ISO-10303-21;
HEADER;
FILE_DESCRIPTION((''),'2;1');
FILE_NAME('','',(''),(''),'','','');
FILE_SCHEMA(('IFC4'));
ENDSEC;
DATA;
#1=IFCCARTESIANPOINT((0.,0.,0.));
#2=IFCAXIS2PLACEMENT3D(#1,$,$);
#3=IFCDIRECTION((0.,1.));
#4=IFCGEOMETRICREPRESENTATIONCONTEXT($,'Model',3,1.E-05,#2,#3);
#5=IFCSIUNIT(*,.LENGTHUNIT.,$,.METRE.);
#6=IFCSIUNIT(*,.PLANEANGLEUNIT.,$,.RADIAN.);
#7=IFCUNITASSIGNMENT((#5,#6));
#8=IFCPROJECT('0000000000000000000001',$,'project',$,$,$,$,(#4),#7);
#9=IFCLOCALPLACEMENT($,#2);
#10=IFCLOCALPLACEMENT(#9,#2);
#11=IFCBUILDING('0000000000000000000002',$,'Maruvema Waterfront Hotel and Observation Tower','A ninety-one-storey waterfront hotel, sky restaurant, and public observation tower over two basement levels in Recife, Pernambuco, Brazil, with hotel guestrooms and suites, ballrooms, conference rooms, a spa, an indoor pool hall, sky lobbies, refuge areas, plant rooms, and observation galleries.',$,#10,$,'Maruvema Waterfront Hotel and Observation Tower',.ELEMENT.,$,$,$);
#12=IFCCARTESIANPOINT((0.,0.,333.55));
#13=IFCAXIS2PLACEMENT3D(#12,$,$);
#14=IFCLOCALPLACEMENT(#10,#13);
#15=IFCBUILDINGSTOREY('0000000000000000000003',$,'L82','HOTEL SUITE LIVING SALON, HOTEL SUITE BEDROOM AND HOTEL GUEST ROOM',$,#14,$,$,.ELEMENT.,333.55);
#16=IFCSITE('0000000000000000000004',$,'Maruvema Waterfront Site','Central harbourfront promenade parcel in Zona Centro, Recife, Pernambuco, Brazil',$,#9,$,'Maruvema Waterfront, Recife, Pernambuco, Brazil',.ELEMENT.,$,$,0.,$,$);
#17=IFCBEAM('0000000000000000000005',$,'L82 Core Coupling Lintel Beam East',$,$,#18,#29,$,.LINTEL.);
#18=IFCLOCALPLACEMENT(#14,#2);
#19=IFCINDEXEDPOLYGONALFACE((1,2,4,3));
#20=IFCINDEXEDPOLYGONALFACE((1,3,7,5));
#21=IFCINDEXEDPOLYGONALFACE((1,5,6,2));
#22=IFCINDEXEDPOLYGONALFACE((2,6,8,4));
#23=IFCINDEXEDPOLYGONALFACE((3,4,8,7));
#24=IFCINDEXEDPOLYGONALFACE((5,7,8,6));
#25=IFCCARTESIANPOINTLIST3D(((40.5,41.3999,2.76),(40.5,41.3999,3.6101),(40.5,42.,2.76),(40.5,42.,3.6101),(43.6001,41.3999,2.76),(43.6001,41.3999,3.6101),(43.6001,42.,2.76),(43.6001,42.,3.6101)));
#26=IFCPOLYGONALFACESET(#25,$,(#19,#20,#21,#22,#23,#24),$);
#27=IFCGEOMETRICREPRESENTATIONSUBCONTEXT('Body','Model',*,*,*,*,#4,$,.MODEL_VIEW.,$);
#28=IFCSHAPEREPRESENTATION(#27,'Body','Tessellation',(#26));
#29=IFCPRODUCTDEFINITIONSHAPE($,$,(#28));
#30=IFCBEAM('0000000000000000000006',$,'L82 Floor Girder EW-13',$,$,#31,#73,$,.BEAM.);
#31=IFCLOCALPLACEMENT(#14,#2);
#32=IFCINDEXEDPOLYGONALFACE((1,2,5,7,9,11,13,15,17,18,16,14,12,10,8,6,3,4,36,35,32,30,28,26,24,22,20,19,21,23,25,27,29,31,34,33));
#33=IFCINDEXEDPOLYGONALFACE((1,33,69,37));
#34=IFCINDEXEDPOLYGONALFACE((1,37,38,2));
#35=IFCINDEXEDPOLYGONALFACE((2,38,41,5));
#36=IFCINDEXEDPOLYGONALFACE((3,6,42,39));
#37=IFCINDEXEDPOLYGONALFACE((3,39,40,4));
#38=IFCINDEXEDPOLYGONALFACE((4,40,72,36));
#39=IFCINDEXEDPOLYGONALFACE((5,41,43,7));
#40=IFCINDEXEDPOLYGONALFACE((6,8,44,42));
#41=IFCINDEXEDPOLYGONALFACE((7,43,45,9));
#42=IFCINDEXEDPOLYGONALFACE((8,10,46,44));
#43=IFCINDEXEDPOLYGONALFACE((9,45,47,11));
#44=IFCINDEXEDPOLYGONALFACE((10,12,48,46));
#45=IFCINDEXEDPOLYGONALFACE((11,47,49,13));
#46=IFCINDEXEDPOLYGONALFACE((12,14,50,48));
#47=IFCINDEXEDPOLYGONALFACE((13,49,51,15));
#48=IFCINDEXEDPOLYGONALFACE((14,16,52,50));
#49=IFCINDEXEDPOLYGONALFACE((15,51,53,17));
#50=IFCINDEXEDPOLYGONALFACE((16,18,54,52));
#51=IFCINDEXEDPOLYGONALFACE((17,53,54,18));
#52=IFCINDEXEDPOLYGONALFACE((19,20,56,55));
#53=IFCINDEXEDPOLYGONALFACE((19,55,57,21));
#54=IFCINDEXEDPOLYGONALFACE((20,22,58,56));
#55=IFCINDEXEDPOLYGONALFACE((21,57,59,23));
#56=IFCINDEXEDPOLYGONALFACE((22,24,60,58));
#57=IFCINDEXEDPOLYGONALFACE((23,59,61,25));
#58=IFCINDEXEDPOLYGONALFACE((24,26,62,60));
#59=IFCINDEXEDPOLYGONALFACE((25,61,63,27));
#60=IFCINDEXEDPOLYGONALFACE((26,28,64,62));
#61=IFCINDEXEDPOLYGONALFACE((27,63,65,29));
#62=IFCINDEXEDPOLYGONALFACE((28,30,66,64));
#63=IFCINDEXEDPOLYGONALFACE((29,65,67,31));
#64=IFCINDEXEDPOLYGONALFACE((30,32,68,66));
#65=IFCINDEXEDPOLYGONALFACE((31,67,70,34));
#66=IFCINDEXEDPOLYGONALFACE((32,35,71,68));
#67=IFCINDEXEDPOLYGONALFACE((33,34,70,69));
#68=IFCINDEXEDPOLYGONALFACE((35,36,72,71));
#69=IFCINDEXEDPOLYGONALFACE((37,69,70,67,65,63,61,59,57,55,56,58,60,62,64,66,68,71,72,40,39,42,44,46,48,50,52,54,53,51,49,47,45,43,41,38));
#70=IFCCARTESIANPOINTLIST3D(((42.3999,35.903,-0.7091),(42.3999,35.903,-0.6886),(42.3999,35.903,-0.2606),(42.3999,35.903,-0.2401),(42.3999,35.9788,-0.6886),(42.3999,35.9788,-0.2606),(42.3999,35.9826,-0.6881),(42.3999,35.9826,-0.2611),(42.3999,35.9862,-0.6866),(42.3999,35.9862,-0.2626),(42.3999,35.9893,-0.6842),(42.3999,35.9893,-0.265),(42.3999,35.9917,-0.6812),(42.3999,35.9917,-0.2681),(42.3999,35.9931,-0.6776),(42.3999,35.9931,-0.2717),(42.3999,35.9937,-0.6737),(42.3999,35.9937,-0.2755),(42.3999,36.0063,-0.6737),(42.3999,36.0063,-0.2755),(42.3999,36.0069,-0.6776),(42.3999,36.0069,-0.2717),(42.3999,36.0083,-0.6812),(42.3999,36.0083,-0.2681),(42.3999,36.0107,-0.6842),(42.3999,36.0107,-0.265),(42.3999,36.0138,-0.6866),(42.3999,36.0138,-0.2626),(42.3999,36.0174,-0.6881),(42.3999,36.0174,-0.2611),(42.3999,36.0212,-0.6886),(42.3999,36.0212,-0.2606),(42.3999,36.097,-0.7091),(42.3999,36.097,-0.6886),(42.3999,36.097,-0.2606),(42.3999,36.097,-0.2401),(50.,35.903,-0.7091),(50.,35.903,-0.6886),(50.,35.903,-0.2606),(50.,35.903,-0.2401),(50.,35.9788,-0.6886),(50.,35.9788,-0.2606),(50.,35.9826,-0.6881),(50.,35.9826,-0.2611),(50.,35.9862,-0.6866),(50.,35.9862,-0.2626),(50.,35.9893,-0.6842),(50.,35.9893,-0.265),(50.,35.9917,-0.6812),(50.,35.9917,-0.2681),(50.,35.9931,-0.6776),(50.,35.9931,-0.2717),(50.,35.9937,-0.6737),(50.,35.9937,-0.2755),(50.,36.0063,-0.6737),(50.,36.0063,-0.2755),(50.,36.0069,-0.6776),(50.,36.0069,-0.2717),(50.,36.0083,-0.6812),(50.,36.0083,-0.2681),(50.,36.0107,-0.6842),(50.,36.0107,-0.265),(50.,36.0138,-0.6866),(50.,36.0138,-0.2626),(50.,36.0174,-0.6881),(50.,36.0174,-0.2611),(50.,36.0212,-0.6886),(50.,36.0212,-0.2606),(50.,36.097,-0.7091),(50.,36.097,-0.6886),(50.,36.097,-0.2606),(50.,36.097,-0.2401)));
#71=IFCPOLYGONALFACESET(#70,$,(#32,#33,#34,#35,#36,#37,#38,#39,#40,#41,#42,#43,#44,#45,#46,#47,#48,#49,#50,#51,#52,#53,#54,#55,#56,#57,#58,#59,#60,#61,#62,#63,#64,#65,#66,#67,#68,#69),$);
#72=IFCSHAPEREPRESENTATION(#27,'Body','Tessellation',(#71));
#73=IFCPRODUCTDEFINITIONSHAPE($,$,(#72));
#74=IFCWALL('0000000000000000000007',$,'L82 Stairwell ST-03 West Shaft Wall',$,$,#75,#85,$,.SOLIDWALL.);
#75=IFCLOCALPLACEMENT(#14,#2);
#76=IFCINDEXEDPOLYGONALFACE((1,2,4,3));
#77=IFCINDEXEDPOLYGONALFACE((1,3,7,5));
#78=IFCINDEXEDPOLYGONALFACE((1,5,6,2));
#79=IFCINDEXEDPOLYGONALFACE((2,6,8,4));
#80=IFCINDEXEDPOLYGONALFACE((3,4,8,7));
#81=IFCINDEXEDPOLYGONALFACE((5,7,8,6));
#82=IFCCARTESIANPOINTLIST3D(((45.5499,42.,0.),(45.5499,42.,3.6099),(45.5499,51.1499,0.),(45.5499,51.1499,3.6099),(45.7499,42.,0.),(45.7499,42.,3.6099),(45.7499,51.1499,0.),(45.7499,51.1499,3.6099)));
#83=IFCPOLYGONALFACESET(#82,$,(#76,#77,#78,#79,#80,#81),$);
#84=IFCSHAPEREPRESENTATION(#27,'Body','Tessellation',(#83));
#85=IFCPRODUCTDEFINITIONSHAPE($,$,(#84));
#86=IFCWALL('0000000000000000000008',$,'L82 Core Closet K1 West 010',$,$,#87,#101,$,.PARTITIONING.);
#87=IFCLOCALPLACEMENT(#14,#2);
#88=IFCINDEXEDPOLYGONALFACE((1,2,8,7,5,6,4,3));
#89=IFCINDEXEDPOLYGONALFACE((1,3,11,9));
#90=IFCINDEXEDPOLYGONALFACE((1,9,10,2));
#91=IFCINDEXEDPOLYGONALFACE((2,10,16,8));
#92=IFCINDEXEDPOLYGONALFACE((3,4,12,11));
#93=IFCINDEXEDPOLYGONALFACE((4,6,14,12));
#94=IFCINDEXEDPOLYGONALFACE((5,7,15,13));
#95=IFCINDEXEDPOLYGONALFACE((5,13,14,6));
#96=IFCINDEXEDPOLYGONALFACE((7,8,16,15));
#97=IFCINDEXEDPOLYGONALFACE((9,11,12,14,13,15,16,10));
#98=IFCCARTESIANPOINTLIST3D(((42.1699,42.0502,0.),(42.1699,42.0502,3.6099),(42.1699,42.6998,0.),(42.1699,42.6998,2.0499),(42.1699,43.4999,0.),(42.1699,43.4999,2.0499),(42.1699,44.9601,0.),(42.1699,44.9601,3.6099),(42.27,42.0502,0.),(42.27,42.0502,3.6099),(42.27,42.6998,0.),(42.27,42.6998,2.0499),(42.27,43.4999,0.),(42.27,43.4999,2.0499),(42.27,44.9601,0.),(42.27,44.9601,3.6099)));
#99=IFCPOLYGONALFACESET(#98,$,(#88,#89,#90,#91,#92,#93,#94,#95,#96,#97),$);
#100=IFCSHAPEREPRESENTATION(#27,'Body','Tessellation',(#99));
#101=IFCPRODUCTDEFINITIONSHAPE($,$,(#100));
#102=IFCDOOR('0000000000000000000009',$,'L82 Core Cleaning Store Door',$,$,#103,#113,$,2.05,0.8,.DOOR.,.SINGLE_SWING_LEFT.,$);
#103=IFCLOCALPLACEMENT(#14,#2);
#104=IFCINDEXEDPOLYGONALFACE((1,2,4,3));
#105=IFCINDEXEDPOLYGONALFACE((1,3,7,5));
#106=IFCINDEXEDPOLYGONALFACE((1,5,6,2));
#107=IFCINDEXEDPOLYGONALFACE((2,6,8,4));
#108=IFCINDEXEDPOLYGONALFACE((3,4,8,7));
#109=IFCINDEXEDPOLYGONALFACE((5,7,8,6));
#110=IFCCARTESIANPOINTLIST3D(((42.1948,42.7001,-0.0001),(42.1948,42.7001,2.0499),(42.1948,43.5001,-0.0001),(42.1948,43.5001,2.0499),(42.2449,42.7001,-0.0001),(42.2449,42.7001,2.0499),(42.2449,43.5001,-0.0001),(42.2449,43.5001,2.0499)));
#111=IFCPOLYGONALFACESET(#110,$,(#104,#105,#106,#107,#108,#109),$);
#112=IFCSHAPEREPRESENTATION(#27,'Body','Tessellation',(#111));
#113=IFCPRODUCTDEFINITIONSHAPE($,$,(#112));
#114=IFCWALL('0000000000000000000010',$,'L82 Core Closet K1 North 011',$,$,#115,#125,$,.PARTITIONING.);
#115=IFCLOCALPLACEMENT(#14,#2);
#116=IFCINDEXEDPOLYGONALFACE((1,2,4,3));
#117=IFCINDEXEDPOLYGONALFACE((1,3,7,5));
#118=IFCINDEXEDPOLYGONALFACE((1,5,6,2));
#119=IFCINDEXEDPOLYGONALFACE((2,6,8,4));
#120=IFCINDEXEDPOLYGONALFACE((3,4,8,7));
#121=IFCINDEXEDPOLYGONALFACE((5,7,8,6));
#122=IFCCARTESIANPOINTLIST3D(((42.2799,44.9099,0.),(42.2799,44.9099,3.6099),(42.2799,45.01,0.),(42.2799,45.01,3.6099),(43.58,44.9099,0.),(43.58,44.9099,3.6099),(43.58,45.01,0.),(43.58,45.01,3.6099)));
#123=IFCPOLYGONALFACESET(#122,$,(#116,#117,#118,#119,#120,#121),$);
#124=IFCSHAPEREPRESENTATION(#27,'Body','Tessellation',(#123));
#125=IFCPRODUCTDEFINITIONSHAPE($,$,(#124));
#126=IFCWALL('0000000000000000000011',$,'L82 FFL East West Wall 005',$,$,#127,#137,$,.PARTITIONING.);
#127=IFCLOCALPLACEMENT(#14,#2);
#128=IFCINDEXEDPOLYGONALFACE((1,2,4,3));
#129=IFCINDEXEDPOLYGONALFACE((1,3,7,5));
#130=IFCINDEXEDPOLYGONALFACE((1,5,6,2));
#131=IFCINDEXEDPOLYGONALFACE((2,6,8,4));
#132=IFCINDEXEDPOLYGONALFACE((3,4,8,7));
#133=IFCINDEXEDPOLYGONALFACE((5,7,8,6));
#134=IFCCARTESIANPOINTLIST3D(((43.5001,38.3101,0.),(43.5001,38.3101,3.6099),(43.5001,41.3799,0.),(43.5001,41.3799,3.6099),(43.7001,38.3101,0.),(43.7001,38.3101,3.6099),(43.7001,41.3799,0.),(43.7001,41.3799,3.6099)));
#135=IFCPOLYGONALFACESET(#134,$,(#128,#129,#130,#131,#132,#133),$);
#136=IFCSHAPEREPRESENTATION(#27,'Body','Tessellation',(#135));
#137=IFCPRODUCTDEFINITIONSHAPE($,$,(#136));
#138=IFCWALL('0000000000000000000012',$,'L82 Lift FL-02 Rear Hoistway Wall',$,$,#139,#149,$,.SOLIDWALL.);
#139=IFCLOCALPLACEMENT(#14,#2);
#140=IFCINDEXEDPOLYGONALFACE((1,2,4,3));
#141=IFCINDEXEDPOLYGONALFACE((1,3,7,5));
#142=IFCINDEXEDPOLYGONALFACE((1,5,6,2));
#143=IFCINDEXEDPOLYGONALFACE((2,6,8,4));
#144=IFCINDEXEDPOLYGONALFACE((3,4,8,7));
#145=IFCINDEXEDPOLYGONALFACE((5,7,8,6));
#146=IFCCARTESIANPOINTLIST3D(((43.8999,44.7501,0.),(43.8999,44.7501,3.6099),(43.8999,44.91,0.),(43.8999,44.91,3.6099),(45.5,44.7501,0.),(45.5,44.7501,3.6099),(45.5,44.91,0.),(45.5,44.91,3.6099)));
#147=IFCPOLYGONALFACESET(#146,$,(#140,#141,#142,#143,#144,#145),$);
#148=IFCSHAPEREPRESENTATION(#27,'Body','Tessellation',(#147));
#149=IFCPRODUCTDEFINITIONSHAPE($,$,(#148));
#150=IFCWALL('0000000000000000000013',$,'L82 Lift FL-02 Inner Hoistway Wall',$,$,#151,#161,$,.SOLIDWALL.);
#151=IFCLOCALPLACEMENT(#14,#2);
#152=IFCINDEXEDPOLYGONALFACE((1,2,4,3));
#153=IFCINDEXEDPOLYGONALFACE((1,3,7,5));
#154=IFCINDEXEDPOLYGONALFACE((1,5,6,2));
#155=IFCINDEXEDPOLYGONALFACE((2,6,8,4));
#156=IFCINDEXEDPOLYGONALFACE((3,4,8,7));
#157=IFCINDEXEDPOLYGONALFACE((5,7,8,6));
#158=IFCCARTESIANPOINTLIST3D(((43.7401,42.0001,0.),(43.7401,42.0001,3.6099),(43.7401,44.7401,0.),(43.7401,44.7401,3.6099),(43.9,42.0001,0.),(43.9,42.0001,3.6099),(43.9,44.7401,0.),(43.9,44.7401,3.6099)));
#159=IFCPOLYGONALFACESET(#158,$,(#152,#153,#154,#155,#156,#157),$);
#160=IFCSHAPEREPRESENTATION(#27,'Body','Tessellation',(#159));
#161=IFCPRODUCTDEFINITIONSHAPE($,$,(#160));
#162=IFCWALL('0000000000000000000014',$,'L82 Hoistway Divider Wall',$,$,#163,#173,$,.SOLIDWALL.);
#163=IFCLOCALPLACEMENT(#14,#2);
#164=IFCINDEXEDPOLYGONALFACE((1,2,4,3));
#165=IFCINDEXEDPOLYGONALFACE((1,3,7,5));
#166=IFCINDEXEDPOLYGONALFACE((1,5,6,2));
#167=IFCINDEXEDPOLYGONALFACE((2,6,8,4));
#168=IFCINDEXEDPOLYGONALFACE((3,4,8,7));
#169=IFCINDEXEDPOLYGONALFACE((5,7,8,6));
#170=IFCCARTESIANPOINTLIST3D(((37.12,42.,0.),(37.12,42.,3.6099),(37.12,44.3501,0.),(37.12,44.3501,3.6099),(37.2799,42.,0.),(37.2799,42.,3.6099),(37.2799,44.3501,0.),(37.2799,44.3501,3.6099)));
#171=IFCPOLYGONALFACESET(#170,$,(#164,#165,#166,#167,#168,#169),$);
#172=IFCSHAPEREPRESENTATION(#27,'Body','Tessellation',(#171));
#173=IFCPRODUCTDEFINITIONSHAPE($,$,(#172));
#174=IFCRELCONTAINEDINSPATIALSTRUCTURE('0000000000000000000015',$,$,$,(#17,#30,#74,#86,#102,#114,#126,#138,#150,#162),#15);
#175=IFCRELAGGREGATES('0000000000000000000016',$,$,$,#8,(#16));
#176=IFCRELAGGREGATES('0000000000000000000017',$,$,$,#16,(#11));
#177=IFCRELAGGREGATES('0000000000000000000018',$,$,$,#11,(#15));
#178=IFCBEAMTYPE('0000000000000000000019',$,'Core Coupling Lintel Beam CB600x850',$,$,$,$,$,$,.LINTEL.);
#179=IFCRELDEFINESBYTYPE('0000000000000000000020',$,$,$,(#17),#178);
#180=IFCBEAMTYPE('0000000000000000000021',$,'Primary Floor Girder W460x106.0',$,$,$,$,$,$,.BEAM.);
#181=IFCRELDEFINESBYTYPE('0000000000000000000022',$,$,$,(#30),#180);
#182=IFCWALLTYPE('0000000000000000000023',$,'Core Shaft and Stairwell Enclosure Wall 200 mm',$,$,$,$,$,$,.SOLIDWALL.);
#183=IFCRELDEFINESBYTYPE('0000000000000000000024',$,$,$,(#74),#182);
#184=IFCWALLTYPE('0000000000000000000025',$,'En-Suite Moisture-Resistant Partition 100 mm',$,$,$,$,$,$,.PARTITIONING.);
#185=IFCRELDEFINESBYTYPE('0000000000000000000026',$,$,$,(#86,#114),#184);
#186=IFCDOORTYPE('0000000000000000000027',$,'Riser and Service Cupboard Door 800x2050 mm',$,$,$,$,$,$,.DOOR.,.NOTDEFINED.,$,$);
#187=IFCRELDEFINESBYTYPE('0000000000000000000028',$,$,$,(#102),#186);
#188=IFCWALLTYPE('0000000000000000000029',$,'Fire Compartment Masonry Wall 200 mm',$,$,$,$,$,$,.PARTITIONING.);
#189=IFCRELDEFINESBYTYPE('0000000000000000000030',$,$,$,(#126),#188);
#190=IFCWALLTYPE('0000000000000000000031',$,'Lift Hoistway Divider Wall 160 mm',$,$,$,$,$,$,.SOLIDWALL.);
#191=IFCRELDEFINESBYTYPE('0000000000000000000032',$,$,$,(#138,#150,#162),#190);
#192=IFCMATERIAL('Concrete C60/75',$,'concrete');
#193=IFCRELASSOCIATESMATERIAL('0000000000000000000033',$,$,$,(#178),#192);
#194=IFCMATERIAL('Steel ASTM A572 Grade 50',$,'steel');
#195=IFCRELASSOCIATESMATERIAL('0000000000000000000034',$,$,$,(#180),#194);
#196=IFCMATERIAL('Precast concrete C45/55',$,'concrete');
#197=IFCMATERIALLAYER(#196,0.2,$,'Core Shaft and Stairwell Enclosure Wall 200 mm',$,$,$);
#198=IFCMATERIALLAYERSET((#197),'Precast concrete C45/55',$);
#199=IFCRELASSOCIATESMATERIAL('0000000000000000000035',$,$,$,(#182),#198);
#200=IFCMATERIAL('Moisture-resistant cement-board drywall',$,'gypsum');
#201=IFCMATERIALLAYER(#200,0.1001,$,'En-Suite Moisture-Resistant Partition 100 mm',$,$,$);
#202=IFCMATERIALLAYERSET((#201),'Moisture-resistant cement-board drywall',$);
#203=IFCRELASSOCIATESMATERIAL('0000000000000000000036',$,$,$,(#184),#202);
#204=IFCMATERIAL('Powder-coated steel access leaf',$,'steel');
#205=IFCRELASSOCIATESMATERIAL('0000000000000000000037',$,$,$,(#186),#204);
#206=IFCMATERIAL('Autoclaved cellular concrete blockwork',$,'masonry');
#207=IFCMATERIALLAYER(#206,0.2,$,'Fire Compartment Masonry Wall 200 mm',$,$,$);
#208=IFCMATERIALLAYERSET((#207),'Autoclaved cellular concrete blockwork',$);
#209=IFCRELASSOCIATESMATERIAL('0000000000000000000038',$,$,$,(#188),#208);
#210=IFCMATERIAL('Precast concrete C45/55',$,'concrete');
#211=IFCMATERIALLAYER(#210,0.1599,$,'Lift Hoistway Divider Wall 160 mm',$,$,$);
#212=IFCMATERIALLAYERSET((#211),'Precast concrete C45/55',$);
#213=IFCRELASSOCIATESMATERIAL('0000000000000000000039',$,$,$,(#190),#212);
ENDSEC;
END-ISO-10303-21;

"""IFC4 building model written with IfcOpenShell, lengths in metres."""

from ifc_helpers import new_model, si_unit, direction, frame, frame_2d, origin, origin_2d, place, context, subcontext, project, spatial, rectangle, i_section, extrude, material, layer, layer_set, material_profile, profile_set, type_object, element, fill, save


model = new_model("IFC4")

# Units and contexts
model_context = context("Model", 3, precision=1e-05, world=origin(), true_north=direction((0.0, 1.0)))
body_context = subcontext(model_context, "Body", "Model", "MODEL_VIEW")
ifc_project = project(units=[si_unit("LENGTHUNIT", "METRE"), si_unit("PLANEANGLEUNIT", "RADIAN")], contexts=[model_context])

# Site, building, storey
site_placement = place(None, origin())
site = spatial("IfcSite", under=ifc_project, at=site_placement, Name="Maruvema Waterfront Site", Description="Central harbourfront promenade parcel in Zona Centro, Recife, Pernambuco, Brazil", LongName="Maruvema Waterfront, Recife, Pernambuco, Brazil", CompositionType="ELEMENT", RefElevation=0.0)
building_placement = place(site_placement, origin())
building = spatial("IfcBuilding", under=site, at=building_placement, Name="Maruvema Waterfront Hotel and Observation Tower", Description="A ninety-one-storey waterfront hotel, sky restaurant, and public observation tower over two basement levels in Recife, Pernambuco, Brazil, with hotel guestrooms and suites, ballrooms, conference rooms, a spa, an indoor pool hall, sky lobbies, refuge areas, plant rooms, and observation galleries.", LongName="Maruvema Waterfront Hotel and Observation Tower", CompositionType="ELEMENT")
storey_placement = place(building_placement, frame((0.0, 0.0, 333.55)))
storey = spatial("IfcBuildingStorey", under=building, at=storey_placement, Name="L82", Description="HOTEL SUITE LIVING SALON, HOTEL SUITE BEDROOM AND HOTEL GUEST ROOM", CompositionType="ELEMENT", Elevation=333.55)

# Beams
ifc_material_1 = material(Name="Concrete C60/75", Category="concrete")
ifc_material_profile_1 = material_profile(ifc_material_1, rectangle(XDim=0.6001, YDim=0.8501, at=origin_2d()), Name="CB600x850")
ifc_profile_set_1 = profile_set([ifc_material_profile_1], Name="Concrete C60/75")
beam_type_1 = type_object("IfcBeamType", Name="Core Coupling Lintel Beam CB600x850", PredefinedType="LINTEL", material=ifc_profile_set_1)
beam_1_placement = place(storey_placement, frame((40.5, 41.7, 3.1851), z_axis=(1.0, 0.0, 0.0), x_axis=(0.0, 1.0, 0.0)))
element("IfcBeam", 1, at=beam_1_placement, inside=storey, type_object=beam_type_1, Name="L82 Core Coupling Lintel Beam East", PredefinedType="LINTEL", context=body_context, shape_type="SweptSolid", body=[
    extrude(rectangle(XDim=0.6001, YDim=0.8501, at=origin_2d()), origin(), (0.0, 0.0, 1.0), 3.1001),
])
ifc_material_2 = material(Name="Steel ASTM A572 Grade 50", Category="steel")
ifc_material_profile_2 = material_profile(ifc_material_2, i_section(OverallWidth=0.1941, OverallDepth=0.469, WebThickness=0.0127, FlangeThickness=0.0205, FilletRadius=0.0149, at=origin_2d()), Name="W460x106.0")
ifc_profile_set_2 = profile_set([ifc_material_profile_2], Name="Steel ASTM A572 Grade 50")
beam_type_2 = type_object("IfcBeamType", Name="Primary Floor Girder W460x106.0", PredefinedType="BEAM", material=ifc_profile_set_2)
beam_2_placement = place(storey_placement, frame((42.3999, 36.0, -0.4746), z_axis=(1.0, 0.0, 0.0), x_axis=(0.0, 1.0, 0.0)))
element("IfcBeam", 2, at=beam_2_placement, inside=storey, type_object=beam_type_2, Name="L82 Floor Girder EW-13", PredefinedType="BEAM", context=body_context, shape_type="SweptSolid", body=[
    extrude(i_section(OverallWidth=0.1941, OverallDepth=0.469, WebThickness=0.0127, FlangeThickness=0.0205, FilletRadius=0.0149, at=origin_2d()), origin(), (0.0, 0.0, 1.0), 7.6001),
])

# Wall
ifc_material_3 = material(Name="Precast concrete C45/55", Category="concrete")
ifc_layer_1 = layer(ifc_material_3, 0.2, Name="Core Shaft and Stairwell Enclosure Wall 200 mm")
ifc_layer_set_1 = layer_set([ifc_layer_1], Name="Precast concrete C45/55")
wall_type_1 = type_object("IfcWallType", Name="Core Shaft and Stairwell Enclosure Wall 200 mm", PredefinedType="SOLIDWALL", material=ifc_layer_set_1)
wall_1_placement = place(storey_placement, frame((45.6499, 42.0, 0.0), z_axis=(0.0, 0.0, 1.0), x_axis=(0.0, 1.0, 0.0)))
element("IfcWall", 3, at=wall_1_placement, inside=storey, type_object=wall_type_1, Name="L82 Stairwell ST-03 West Shaft Wall", PredefinedType="SOLIDWALL", context=body_context, shape_type="SweptSolid", body=[
    extrude(rectangle(XDim=9.1499, YDim=0.2, at=frame_2d((4.575, 0.0))), origin(), (0.0, 0.0, 1.0), 3.6099),
])

# Wall, opening, door
ifc_material_4 = material(Name="Moisture-resistant cement-board drywall", Category="gypsum")
ifc_layer_2 = layer(ifc_material_4, 0.1001, Name="En-Suite Moisture-Resistant Partition 100 mm")
ifc_layer_set_2 = layer_set([ifc_layer_2], Name="Moisture-resistant cement-board drywall")
wall_type_2 = type_object("IfcWallType", Name="En-Suite Moisture-Resistant Partition 100 mm", PredefinedType="PARTITIONING", material=ifc_layer_set_2)
wall_2_placement = place(storey_placement, frame((42.22, 42.05, 0.0), z_axis=(0.0, 0.0, 1.0), x_axis=(0.0, 1.0, 0.0)))
wall_2 = element("IfcWall", 4, at=wall_2_placement, inside=storey, type_object=wall_type_2, Name="L82 Core Closet K1 West 010", PredefinedType="PARTITIONING", context=body_context, shape_type="SweptSolid", body=[
    extrude(rectangle(XDim=2.9099, YDim=0.1001, at=frame_2d((1.4551, 0.0))), origin(), (0.0, 0.0, 1.0), 3.6099),
])
opening_1_placement = place(wall_2_placement, frame((0.6499, 0.0, 0.0)))
opening_1 = element("IfcOpeningElement", 5, at=opening_1_placement, cuts=wall_2, PredefinedType="OPENING", context=body_context, shape_type="SweptSolid", body=[
    extrude(rectangle(XDim=0.8, YDim=2.05, at=frame_2d((0.3999, 1.0249))), frame((0.0, 0.0601, 0.0), z_axis=(0.0, -1.0, 0.0), x_axis=(1.0, 0.0, 0.0)), (0.0, 0.0, 1.0), 0.1201),
])
ifc_material_5 = material(Name="Powder-coated steel access leaf", Category="steel")
door_type_1 = type_object("IfcDoorType", Name="Riser and Service Cupboard Door 800x2050 mm", OperationType="NOTDEFINED", PredefinedType="DOOR", material=ifc_material_5)
door_1_placement = place(opening_1_placement, frame((0.8, 0.0, 0.0), z_axis=(0.0, 0.0, 1.0), x_axis=(-1.0, 0.0, 0.0)))
door_1 = element("IfcDoor", 6, at=door_1_placement, inside=storey, type_object=door_type_1, Name="L82 Core Cleaning Store Door", OperationType="SINGLE_SWING_LEFT", OverallHeight=2.05, OverallWidth=0.8, PredefinedType="DOOR", context=body_context, shape_type="SweptSolid", body=[
    extrude(rectangle(XDim=0.8, YDim=2.05, at=frame_2d((0.3999, 1.0249))), frame((0.0, 0.0249, 0.0), z_axis=(0.0, -1.0, 0.0), x_axis=(1.0, 0.0, 0.0)), (0.0, 0.0, 1.0), 0.05),
])
fill(opening_1, door_1)

# Wall
wall_3_placement = place(storey_placement, frame((42.28, 44.96, 0.0), z_axis=(0.0, 0.0, 1.0), x_axis=(1.0, 0.0, 0.0)))
element("IfcWall", 7, at=wall_3_placement, inside=storey, type_object=wall_type_2, Name="L82 Core Closet K1 North 011", PredefinedType="PARTITIONING", context=body_context, shape_type="SweptSolid", body=[
    extrude(rectangle(XDim=1.3, YDim=0.1001, at=frame_2d((0.6499, 0.0))), origin(), (0.0, 0.0, 1.0), 3.6099),
])

# Shared definitions
ifc_material_6 = material(Name="Autoclaved cellular concrete blockwork", Category="masonry")
ifc_layer_3 = layer(ifc_material_6, 0.2, Name="Fire Compartment Masonry Wall 200 mm")
ifc_layer_set_3 = layer_set([ifc_layer_3], Name="Autoclaved cellular concrete blockwork")
wall_type_3 = type_object("IfcWallType", Name="Fire Compartment Masonry Wall 200 mm", PredefinedType="PARTITIONING", material=ifc_layer_set_3)

# Walls
wall_4_placement = place(storey_placement, frame((43.6001, 38.3101, 0.0), z_axis=(0.0, 0.0, 1.0), x_axis=(0.0, 1.0, 0.0)))
element("IfcWall", 8, at=wall_4_placement, inside=storey, type_object=wall_type_3, Name="L82 FFL East West Wall 005", PredefinedType="PARTITIONING", context=body_context, shape_type="SweptSolid", body=[
    extrude(rectangle(XDim=3.0698, YDim=0.2, at=frame_2d((1.5349, 0.0))), origin(), (0.0, 0.0, 1.0), 3.6099),
])
ifc_material_7 = material(Name="Precast concrete C45/55", Category="concrete")
ifc_layer_4 = layer(ifc_material_7, 0.1599, Name="Lift Hoistway Divider Wall 160 mm")
ifc_layer_set_4 = layer_set([ifc_layer_4], Name="Precast concrete C45/55")
wall_type_4 = type_object("IfcWallType", Name="Lift Hoistway Divider Wall 160 mm", PredefinedType="SOLIDWALL", material=ifc_layer_set_4)
wall_5_placement = place(storey_placement, frame((43.8999, 44.8301, 0.0), z_axis=(0.0, 0.0, 1.0), x_axis=(1.0, 0.0, 0.0)))
element("IfcWall", 9, at=wall_5_placement, inside=storey, type_object=wall_type_4, Name="L82 Lift FL-02 Rear Hoistway Wall", PredefinedType="SOLIDWALL", context=body_context, shape_type="SweptSolid", body=[
    extrude(rectangle(XDim=1.6001, YDim=0.1599, at=frame_2d((0.8, 0.0))), origin(), (0.0, 0.0, 1.0), 3.6099),
])
wall_6_placement = place(storey_placement, frame((43.8201, 42.0, 0.0), z_axis=(0.0, 0.0, 1.0), x_axis=(0.0, 1.0, 0.0)))
element("IfcWall", 10, at=wall_6_placement, inside=storey, type_object=wall_type_4, Name="L82 Lift FL-02 Inner Hoistway Wall", PredefinedType="SOLIDWALL", context=body_context, shape_type="SweptSolid", body=[
    extrude(rectangle(XDim=2.74, YDim=0.1599, at=frame_2d((1.3701, 0.0))), origin(), (0.0, 0.0, 1.0), 3.6099),
])
for number, where, z_axis, x_axis, name in (
    (11, (37.2, 42.0, 0.0), (0.0, 0.0, 1.0), (0.0, 1.0, 0.0), "L82 Hoistway Divider Wall"),
):
    element("IfcWall", number, at=place(storey_placement, frame(where, z_axis=z_axis, x_axis=x_axis)), inside=storey, type_object=wall_type_4, Name=name, PredefinedType="SOLIDWALL", context=body_context, shape_type="SweptSolid", body=[
        extrude(rectangle(XDim=2.3501, YDim=0.1599, at=frame_2d((1.175, 0.0))), origin(), (0.0, 0.0, 1.0), 3.6099),
    ])

save(model, "model.ifc")
